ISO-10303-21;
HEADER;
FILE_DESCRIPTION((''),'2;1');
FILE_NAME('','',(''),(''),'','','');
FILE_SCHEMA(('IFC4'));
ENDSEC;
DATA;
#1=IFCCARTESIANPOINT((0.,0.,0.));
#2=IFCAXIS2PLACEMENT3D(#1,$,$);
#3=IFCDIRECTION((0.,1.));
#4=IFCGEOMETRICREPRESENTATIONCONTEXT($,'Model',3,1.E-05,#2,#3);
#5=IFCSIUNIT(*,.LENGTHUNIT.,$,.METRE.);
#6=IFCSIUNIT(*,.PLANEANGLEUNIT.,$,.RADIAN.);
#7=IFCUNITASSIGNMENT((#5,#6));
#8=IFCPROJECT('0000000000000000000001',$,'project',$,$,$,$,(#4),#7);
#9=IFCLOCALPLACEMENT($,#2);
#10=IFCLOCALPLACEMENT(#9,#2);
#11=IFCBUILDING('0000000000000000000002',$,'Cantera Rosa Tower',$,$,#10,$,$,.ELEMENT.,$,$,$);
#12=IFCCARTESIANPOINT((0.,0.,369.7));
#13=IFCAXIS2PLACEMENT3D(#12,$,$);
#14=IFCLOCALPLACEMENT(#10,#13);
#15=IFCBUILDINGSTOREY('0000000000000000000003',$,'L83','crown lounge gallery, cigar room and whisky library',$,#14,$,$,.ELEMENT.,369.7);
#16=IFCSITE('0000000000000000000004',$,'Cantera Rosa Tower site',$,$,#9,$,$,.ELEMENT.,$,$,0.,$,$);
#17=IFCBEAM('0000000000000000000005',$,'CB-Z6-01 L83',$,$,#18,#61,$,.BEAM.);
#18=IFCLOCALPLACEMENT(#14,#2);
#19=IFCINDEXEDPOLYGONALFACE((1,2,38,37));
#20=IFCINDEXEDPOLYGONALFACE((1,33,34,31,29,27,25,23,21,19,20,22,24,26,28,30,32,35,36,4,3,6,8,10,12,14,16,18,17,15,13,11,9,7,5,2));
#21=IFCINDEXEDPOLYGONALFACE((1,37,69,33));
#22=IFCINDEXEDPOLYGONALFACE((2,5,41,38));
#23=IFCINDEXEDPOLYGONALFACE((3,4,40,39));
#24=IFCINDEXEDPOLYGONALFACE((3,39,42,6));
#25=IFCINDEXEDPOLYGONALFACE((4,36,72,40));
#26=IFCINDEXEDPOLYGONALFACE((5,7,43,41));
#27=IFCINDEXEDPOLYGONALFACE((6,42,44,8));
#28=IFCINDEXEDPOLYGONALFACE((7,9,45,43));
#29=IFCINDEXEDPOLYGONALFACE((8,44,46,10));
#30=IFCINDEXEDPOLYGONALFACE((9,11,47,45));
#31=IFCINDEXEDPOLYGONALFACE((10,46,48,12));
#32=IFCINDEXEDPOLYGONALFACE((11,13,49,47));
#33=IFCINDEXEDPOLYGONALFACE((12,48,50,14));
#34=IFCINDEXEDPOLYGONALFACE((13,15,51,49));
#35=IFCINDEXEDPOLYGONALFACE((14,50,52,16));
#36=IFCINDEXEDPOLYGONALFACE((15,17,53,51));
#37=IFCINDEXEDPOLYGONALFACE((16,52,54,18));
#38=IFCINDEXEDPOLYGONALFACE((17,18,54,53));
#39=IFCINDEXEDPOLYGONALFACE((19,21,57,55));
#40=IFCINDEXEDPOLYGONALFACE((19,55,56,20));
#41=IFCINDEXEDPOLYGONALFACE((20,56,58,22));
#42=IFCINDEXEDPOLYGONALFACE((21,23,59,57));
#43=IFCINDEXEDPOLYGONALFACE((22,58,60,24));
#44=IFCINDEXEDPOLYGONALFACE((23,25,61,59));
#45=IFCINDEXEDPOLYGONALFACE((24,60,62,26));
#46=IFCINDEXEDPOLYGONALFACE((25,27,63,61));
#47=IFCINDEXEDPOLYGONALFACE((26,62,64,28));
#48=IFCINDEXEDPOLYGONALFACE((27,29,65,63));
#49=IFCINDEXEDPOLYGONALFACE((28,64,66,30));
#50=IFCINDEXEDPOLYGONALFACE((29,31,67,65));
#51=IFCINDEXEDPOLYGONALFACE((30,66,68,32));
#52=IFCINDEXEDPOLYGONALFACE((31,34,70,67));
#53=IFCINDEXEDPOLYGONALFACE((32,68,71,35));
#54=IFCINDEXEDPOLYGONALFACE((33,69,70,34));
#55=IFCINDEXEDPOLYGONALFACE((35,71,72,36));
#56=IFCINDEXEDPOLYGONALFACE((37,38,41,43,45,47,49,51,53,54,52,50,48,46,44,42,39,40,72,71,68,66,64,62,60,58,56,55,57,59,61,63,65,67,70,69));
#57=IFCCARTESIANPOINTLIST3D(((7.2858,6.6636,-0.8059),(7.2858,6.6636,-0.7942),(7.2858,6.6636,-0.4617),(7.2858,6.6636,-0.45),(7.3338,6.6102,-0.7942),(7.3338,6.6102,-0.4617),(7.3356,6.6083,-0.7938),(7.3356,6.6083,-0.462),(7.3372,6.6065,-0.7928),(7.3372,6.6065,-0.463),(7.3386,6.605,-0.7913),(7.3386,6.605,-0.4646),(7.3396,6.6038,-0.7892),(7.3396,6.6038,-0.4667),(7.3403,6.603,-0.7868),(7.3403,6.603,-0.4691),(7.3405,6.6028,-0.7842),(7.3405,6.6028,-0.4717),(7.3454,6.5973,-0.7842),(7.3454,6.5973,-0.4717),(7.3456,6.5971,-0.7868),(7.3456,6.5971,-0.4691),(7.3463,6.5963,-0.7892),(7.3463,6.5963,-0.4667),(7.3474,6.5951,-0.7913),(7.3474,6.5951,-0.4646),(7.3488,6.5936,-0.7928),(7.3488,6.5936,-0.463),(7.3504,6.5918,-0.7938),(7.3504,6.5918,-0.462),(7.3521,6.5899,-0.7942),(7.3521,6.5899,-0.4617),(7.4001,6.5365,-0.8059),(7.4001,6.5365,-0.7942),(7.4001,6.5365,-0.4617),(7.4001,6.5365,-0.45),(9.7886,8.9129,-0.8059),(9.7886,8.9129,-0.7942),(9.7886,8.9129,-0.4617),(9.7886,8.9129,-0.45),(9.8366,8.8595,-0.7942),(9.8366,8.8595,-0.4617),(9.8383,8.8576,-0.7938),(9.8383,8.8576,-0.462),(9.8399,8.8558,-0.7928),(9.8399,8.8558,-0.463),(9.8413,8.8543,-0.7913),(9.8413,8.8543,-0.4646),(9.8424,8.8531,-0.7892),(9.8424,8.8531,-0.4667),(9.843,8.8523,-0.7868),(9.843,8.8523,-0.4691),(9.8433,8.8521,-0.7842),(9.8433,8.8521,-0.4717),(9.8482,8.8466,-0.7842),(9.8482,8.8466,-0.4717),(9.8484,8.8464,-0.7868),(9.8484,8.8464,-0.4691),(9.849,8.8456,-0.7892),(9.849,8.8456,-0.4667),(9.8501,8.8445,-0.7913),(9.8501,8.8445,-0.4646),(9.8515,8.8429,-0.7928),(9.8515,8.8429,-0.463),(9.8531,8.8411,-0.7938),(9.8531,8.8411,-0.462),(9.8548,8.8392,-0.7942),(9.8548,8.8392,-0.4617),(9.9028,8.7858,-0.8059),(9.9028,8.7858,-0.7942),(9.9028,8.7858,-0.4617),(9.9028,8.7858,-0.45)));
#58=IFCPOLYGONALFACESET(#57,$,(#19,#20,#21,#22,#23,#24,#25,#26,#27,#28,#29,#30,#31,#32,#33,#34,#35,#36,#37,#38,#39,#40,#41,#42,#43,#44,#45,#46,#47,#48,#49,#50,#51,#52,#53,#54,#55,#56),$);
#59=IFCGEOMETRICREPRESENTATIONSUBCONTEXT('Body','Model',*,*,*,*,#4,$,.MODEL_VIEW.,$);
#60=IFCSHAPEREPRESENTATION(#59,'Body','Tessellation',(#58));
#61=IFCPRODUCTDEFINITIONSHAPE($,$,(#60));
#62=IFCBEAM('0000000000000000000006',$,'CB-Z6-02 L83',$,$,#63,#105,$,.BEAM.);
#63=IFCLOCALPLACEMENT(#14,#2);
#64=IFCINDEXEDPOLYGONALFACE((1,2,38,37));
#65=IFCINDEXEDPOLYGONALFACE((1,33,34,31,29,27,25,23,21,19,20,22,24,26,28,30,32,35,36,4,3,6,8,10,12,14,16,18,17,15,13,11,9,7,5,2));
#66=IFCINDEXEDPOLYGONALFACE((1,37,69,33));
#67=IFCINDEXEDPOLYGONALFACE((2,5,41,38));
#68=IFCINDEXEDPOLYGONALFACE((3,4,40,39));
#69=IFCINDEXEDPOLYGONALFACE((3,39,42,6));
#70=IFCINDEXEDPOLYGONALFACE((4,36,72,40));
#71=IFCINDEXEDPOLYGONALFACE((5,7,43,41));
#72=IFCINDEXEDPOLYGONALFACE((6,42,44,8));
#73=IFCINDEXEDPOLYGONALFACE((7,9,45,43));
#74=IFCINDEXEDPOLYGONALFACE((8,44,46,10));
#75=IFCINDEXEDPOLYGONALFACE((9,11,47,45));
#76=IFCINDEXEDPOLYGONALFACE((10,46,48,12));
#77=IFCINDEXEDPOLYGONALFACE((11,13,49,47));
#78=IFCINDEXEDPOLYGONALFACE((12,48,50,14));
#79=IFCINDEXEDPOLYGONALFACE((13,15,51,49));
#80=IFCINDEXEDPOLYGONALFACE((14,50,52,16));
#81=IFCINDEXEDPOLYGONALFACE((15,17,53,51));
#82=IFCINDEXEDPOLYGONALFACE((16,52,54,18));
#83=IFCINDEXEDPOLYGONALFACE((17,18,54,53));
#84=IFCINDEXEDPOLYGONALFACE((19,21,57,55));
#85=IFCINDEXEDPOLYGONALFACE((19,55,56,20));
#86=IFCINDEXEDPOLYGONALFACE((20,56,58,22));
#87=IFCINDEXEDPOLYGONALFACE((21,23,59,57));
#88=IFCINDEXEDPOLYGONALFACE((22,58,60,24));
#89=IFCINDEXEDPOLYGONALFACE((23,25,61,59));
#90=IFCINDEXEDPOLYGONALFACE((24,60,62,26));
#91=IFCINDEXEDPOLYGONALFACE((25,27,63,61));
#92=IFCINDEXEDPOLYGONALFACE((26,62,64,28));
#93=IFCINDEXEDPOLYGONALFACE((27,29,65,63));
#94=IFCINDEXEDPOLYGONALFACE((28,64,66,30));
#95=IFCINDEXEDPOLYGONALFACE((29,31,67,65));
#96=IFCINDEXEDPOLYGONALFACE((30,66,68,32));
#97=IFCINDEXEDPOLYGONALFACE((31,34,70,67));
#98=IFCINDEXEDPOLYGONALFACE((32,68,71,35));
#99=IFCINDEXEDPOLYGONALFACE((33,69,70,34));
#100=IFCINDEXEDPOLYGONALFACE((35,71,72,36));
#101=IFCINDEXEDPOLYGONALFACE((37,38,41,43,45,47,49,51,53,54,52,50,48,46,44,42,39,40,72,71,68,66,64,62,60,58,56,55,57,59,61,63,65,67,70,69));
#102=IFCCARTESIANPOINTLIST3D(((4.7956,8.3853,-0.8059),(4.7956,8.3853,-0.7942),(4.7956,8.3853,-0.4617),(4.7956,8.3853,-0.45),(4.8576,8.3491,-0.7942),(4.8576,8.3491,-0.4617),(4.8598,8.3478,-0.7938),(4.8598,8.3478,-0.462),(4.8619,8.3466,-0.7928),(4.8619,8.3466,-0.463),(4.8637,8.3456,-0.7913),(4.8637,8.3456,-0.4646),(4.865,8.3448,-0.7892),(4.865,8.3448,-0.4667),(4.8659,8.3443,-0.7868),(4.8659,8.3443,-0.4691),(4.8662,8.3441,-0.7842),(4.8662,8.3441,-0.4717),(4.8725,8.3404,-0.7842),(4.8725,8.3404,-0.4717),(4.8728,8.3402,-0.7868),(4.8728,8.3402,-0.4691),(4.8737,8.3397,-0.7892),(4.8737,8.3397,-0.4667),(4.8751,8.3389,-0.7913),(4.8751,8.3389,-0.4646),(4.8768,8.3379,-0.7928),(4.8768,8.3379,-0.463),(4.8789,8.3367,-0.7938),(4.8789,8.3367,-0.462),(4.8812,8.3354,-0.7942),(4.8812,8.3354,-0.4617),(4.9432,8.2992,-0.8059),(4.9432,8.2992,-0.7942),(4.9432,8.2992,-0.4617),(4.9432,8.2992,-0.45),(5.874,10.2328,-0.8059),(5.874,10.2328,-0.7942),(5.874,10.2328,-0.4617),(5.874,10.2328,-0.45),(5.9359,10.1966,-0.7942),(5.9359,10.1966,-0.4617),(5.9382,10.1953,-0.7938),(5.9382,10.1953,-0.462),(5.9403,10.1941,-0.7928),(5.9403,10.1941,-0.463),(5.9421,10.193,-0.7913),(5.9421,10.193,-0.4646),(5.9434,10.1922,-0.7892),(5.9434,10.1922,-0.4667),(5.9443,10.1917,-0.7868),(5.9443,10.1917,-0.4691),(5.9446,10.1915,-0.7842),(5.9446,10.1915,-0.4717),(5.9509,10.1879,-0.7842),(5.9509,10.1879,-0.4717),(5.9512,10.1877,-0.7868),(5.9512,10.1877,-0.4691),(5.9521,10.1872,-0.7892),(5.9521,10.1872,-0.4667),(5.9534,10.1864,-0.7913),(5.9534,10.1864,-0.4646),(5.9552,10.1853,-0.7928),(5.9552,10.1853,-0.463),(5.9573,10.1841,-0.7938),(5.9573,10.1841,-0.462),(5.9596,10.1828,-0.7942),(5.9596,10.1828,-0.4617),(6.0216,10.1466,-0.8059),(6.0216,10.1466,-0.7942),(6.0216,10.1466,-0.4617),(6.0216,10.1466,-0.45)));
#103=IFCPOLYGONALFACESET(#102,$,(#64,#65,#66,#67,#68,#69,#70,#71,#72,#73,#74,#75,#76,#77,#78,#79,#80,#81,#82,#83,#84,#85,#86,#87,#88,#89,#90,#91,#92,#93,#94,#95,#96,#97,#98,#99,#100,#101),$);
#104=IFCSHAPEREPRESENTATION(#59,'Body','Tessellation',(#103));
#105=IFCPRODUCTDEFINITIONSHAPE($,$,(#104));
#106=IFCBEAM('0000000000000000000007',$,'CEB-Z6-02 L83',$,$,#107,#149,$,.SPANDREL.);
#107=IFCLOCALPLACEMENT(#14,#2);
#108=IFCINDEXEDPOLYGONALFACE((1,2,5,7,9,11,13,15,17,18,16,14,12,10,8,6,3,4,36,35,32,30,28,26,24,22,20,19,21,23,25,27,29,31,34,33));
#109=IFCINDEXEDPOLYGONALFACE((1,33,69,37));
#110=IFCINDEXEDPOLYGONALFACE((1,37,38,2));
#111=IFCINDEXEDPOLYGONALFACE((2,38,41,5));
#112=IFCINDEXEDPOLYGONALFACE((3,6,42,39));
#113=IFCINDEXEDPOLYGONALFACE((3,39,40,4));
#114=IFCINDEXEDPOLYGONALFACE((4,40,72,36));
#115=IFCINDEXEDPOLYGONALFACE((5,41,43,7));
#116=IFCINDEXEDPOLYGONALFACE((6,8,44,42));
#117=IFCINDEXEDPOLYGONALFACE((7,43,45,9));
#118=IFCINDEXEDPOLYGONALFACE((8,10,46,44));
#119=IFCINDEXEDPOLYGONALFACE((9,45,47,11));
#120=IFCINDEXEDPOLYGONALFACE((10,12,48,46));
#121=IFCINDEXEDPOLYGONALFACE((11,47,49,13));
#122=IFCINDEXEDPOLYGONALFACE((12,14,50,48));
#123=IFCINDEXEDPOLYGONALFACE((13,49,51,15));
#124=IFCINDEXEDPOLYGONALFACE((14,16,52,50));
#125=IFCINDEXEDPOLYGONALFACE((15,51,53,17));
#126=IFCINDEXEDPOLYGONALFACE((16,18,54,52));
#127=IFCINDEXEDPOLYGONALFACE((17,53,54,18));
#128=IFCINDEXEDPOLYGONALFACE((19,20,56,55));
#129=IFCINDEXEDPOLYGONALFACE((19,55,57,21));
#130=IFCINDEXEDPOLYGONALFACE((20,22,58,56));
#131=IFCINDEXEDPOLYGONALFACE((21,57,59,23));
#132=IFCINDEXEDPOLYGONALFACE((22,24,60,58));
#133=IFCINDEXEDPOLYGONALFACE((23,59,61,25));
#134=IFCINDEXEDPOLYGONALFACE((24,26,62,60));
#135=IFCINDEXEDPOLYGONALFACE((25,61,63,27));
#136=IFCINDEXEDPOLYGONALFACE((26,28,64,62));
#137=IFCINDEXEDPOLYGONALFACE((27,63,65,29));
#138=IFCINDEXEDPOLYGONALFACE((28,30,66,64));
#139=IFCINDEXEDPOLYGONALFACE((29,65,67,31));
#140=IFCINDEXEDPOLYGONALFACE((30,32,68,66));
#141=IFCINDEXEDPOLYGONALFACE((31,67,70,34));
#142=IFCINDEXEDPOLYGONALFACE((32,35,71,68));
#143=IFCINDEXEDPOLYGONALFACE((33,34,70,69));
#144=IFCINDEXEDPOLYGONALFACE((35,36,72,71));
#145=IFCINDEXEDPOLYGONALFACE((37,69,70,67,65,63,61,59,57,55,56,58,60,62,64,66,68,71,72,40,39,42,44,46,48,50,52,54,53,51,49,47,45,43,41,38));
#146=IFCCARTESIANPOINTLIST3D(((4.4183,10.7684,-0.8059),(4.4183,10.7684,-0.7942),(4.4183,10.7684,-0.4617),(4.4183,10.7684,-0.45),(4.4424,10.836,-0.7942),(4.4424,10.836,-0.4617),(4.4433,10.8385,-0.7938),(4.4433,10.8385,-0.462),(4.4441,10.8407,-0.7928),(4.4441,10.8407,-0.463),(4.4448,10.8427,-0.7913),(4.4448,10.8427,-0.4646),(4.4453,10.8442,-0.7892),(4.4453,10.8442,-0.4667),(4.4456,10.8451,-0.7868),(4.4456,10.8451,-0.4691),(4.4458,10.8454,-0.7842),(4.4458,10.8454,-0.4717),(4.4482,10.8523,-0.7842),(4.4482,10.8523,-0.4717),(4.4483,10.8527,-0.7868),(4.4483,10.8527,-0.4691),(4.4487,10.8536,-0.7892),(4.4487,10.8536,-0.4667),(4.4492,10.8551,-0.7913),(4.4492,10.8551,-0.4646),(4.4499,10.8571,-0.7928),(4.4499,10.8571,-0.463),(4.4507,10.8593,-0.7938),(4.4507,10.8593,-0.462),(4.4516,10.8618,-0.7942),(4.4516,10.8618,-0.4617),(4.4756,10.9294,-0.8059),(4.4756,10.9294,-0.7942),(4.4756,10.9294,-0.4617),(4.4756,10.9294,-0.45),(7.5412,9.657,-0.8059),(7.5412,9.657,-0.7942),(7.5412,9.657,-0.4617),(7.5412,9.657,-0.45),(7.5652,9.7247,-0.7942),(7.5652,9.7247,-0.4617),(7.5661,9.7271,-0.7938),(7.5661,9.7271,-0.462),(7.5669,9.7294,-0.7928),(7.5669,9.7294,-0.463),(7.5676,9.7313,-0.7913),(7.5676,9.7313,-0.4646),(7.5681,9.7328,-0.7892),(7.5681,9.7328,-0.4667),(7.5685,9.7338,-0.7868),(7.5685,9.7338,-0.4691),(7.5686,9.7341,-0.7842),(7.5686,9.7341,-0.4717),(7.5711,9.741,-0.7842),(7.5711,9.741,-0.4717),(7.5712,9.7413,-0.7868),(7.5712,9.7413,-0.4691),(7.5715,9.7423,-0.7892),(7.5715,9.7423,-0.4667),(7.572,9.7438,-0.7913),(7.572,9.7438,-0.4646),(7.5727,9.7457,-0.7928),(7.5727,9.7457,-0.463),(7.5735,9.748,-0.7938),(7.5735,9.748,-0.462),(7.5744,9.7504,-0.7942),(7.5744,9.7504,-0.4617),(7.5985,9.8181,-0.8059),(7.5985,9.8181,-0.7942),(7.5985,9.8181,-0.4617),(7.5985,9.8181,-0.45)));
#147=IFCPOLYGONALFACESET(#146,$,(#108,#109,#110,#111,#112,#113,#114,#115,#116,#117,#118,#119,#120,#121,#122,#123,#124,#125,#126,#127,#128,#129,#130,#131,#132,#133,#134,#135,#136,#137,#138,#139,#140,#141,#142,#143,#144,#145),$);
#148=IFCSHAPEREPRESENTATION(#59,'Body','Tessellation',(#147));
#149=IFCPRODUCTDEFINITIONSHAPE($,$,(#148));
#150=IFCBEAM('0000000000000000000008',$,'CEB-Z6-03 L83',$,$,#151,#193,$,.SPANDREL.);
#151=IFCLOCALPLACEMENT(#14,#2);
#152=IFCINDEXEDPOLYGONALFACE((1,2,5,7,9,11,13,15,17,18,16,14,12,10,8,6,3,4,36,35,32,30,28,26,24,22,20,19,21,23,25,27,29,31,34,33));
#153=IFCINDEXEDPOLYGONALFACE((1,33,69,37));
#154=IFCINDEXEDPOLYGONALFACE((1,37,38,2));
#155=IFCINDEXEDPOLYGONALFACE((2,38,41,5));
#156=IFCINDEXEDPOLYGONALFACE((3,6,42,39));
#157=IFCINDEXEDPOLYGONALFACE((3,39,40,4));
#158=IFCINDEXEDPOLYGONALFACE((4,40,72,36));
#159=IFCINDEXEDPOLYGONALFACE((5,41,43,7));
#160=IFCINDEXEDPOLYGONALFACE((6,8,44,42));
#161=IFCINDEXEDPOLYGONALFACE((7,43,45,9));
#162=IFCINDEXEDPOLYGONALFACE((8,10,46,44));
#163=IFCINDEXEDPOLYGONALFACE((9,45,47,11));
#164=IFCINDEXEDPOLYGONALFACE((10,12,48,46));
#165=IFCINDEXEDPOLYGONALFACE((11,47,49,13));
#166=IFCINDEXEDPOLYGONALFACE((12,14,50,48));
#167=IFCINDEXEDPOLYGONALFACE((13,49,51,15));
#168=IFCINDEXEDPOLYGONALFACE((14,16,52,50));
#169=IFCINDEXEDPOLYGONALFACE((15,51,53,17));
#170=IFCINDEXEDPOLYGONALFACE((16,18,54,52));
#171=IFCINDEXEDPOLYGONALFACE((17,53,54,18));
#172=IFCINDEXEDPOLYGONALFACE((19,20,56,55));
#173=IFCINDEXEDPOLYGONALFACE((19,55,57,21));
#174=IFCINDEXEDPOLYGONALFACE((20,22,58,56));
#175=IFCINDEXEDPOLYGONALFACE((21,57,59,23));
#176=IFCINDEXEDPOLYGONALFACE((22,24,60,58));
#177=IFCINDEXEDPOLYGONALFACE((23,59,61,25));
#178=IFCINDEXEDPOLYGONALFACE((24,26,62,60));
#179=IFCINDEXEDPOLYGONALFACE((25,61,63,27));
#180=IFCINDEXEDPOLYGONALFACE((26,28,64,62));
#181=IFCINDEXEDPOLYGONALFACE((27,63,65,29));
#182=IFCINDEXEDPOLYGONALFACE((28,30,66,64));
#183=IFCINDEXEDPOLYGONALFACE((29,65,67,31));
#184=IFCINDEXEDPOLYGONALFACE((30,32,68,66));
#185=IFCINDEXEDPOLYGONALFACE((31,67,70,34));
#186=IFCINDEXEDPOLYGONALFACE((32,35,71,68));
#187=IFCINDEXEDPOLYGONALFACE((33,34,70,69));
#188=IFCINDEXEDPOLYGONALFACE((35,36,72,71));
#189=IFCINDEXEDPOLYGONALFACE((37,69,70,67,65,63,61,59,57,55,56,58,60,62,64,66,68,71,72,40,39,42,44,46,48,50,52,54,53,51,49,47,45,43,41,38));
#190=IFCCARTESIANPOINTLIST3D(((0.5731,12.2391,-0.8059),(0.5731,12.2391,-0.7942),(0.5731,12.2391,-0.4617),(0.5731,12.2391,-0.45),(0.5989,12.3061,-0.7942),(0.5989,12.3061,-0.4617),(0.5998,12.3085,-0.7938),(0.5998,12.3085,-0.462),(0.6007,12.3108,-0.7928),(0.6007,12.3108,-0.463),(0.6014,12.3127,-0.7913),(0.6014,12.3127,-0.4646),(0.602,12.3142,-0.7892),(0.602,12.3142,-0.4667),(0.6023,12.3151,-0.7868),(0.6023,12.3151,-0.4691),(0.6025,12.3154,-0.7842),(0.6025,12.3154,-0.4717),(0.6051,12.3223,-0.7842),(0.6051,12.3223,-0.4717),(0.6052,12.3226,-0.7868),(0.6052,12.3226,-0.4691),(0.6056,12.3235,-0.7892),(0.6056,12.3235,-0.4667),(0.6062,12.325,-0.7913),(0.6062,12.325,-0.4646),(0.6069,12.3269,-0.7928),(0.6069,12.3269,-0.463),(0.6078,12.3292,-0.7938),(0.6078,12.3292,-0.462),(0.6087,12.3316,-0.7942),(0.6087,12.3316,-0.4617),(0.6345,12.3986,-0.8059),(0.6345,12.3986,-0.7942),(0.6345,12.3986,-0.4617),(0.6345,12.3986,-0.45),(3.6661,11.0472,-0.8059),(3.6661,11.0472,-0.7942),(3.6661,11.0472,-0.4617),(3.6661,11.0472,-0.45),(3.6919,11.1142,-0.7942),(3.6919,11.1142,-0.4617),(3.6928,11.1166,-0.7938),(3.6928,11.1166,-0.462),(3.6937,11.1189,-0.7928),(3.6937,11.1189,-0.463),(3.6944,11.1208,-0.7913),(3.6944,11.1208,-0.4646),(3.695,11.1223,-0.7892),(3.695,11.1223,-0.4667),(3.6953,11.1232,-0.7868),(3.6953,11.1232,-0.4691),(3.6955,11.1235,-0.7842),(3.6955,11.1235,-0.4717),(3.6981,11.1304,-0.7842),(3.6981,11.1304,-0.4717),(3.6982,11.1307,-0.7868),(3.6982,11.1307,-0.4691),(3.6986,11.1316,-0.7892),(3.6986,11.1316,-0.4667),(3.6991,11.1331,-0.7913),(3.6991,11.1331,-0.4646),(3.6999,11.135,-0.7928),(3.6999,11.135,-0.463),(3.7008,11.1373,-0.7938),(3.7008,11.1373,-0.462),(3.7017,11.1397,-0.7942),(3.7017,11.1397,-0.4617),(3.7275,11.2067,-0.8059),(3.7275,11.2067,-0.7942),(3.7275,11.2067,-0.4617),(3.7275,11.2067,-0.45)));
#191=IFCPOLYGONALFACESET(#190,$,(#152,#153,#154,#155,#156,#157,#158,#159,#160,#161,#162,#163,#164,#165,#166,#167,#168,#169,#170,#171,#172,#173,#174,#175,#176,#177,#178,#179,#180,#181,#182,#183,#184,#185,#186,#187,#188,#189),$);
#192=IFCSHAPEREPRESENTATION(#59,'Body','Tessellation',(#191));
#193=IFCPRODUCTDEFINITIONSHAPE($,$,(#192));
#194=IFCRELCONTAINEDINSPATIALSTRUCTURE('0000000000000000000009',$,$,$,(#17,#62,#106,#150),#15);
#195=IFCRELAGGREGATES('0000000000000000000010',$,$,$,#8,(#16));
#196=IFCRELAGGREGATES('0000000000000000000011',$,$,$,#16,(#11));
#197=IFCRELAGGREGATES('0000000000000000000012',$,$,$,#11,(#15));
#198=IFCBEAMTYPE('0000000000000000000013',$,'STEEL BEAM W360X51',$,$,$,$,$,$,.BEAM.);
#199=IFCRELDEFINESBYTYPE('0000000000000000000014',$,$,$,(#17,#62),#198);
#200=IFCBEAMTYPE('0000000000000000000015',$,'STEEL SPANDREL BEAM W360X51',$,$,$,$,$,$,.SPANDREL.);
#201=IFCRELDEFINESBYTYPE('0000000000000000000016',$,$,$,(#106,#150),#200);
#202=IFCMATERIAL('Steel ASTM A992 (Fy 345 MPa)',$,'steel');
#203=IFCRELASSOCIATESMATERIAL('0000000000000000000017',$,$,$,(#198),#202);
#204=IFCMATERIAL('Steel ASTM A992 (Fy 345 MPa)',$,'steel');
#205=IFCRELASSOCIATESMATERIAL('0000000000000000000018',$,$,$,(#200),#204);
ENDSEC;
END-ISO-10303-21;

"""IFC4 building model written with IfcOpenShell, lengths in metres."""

from ifc_helpers import new_model, si_unit, direction, frame, origin, origin_2d, place, context, subcontext, project, spatial, i_section, extrude, material, material_profile, profile_set, type_object, element, save


model = new_model("IFC4")

# Units and contexts
model_context = context("Model", 3, precision=1e-05, world=origin(), true_north=direction((0.0, 1.0)))
body_context = subcontext(model_context, "Body", "Model", "MODEL_VIEW")
ifc_project = project(units=[si_unit("LENGTHUNIT", "METRE"), si_unit("PLANEANGLEUNIT", "RADIAN")], contexts=[model_context])

# Site, building, storey
site_placement = place(None, origin())
site = spatial("IfcSite", under=ifc_project, at=site_placement, Name="Cantera Rosa Tower site", CompositionType="ELEMENT", RefElevation=0.0)
building_placement = place(site_placement, origin())
building = spatial("IfcBuilding", under=site, at=building_placement, Name="Cantera Rosa Tower", CompositionType="ELEMENT")
storey_placement = place(building_placement, frame((0.0, 0.0, 369.7)))
storey = spatial("IfcBuildingStorey", under=building, at=storey_placement, Name="L83", Description="crown lounge gallery, cigar room and whisky library", CompositionType="ELEMENT", Elevation=369.7)

# Beams
ifc_material_1 = material(Name="Steel ASTM A992 (Fy 345 MPa)", Category="steel")
ifc_material_profile_1 = material_profile(ifc_material_1, i_section(OverallWidth=0.1709, OverallDepth=0.356, WebThickness=0.0073, FlangeThickness=0.0117, FilletRadius=0.01, at=origin_2d()), Name="W360X51")
ifc_profile_set_1 = profile_set([ifc_material_profile_1], Name="Steel ASTM A992 (Fy 345 MPa)")
beam_type_1 = type_object("IfcBeamType", Name="STEEL BEAM W360X51", PredefinedType="BEAM", material=ifc_profile_set_1)
beam_1_placement = place(storey_placement, frame((9.8457, 8.8494, -0.6279), z_axis=(-0.743759, -0.668447, 0.0), x_axis=(0.668447, -0.743759, 0.0)))
element("IfcBeam", 1, at=beam_1_placement, inside=storey, type_object=beam_type_1, Name="CB-Z6-01 L83", PredefinedType="BEAM", context=body_context, shape_type="SweptSolid", body=[
    extrude(i_section(OverallWidth=0.1709, OverallDepth=0.356, WebThickness=0.0073, FlangeThickness=0.0117, FilletRadius=0.01, at=origin_2d()), origin(), (0.0, 0.0, 1.0), 3.365),
])
beam_2_placement = place(storey_placement, frame((5.9478, 10.1897, -0.6279), z_axis=(-0.504119, -0.863634, 0.0), x_axis=(0.863634, -0.504119, 0.0)))
element("IfcBeam", 2, at=beam_2_placement, inside=storey, type_object=beam_type_1, Name="CB-Z6-02 L83", PredefinedType="BEAM", context=body_context, shape_type="SweptSolid", body=[
    extrude(i_section(OverallWidth=0.1709, OverallDepth=0.356, WebThickness=0.0073, FlangeThickness=0.0117, FilletRadius=0.01, at=origin_2d()), origin(), (0.0, 0.0, 1.0), 2.1392),
])
ifc_material_2 = material(Name="Steel ASTM A992 (Fy 345 MPa)", Category="steel")
ifc_material_profile_2 = material_profile(ifc_material_2, i_section(OverallWidth=0.1709, OverallDepth=0.356, WebThickness=0.0073, FlangeThickness=0.0117, FilletRadius=0.01, at=origin_2d()), Name="W360X51")
ifc_profile_set_2 = profile_set([ifc_material_profile_2], Name="Steel ASTM A992 (Fy 345 MPa)")
beam_type_2 = type_object("IfcBeamType", Name="STEEL SPANDREL BEAM W360X51", PredefinedType="SPANDREL", material=ifc_profile_set_2)
for number, where, z_axis, x_axis, name in (
    (3, (7.5698, 9.7375, -0.6279), (-0.94212, 0.335277, 0.0), (-0.335277, -0.94212, 0.0), "CEB-Z6-02 L83"),
    (4, (3.6968, 11.127, -0.6279), (-0.933116, 0.359576, 0.0), (-0.359576, -0.933116, 0.0), "CEB-Z6-03 L83"),
):
    element("IfcBeam", number, at=place(storey_placement, frame(where, z_axis=z_axis, x_axis=x_axis)), inside=storey, type_object=beam_type_2, Name=name, PredefinedType="SPANDREL", context=body_context, shape_type="SweptSolid", body=[
        extrude(i_section(OverallWidth=0.1709, OverallDepth=0.356, WebThickness=0.0073, FlangeThickness=0.0117, FilletRadius=0.01, at=origin_2d()), origin(), (0.0, 0.0, 1.0), 3.3147),
    ])

save(model, "model.ifc")
